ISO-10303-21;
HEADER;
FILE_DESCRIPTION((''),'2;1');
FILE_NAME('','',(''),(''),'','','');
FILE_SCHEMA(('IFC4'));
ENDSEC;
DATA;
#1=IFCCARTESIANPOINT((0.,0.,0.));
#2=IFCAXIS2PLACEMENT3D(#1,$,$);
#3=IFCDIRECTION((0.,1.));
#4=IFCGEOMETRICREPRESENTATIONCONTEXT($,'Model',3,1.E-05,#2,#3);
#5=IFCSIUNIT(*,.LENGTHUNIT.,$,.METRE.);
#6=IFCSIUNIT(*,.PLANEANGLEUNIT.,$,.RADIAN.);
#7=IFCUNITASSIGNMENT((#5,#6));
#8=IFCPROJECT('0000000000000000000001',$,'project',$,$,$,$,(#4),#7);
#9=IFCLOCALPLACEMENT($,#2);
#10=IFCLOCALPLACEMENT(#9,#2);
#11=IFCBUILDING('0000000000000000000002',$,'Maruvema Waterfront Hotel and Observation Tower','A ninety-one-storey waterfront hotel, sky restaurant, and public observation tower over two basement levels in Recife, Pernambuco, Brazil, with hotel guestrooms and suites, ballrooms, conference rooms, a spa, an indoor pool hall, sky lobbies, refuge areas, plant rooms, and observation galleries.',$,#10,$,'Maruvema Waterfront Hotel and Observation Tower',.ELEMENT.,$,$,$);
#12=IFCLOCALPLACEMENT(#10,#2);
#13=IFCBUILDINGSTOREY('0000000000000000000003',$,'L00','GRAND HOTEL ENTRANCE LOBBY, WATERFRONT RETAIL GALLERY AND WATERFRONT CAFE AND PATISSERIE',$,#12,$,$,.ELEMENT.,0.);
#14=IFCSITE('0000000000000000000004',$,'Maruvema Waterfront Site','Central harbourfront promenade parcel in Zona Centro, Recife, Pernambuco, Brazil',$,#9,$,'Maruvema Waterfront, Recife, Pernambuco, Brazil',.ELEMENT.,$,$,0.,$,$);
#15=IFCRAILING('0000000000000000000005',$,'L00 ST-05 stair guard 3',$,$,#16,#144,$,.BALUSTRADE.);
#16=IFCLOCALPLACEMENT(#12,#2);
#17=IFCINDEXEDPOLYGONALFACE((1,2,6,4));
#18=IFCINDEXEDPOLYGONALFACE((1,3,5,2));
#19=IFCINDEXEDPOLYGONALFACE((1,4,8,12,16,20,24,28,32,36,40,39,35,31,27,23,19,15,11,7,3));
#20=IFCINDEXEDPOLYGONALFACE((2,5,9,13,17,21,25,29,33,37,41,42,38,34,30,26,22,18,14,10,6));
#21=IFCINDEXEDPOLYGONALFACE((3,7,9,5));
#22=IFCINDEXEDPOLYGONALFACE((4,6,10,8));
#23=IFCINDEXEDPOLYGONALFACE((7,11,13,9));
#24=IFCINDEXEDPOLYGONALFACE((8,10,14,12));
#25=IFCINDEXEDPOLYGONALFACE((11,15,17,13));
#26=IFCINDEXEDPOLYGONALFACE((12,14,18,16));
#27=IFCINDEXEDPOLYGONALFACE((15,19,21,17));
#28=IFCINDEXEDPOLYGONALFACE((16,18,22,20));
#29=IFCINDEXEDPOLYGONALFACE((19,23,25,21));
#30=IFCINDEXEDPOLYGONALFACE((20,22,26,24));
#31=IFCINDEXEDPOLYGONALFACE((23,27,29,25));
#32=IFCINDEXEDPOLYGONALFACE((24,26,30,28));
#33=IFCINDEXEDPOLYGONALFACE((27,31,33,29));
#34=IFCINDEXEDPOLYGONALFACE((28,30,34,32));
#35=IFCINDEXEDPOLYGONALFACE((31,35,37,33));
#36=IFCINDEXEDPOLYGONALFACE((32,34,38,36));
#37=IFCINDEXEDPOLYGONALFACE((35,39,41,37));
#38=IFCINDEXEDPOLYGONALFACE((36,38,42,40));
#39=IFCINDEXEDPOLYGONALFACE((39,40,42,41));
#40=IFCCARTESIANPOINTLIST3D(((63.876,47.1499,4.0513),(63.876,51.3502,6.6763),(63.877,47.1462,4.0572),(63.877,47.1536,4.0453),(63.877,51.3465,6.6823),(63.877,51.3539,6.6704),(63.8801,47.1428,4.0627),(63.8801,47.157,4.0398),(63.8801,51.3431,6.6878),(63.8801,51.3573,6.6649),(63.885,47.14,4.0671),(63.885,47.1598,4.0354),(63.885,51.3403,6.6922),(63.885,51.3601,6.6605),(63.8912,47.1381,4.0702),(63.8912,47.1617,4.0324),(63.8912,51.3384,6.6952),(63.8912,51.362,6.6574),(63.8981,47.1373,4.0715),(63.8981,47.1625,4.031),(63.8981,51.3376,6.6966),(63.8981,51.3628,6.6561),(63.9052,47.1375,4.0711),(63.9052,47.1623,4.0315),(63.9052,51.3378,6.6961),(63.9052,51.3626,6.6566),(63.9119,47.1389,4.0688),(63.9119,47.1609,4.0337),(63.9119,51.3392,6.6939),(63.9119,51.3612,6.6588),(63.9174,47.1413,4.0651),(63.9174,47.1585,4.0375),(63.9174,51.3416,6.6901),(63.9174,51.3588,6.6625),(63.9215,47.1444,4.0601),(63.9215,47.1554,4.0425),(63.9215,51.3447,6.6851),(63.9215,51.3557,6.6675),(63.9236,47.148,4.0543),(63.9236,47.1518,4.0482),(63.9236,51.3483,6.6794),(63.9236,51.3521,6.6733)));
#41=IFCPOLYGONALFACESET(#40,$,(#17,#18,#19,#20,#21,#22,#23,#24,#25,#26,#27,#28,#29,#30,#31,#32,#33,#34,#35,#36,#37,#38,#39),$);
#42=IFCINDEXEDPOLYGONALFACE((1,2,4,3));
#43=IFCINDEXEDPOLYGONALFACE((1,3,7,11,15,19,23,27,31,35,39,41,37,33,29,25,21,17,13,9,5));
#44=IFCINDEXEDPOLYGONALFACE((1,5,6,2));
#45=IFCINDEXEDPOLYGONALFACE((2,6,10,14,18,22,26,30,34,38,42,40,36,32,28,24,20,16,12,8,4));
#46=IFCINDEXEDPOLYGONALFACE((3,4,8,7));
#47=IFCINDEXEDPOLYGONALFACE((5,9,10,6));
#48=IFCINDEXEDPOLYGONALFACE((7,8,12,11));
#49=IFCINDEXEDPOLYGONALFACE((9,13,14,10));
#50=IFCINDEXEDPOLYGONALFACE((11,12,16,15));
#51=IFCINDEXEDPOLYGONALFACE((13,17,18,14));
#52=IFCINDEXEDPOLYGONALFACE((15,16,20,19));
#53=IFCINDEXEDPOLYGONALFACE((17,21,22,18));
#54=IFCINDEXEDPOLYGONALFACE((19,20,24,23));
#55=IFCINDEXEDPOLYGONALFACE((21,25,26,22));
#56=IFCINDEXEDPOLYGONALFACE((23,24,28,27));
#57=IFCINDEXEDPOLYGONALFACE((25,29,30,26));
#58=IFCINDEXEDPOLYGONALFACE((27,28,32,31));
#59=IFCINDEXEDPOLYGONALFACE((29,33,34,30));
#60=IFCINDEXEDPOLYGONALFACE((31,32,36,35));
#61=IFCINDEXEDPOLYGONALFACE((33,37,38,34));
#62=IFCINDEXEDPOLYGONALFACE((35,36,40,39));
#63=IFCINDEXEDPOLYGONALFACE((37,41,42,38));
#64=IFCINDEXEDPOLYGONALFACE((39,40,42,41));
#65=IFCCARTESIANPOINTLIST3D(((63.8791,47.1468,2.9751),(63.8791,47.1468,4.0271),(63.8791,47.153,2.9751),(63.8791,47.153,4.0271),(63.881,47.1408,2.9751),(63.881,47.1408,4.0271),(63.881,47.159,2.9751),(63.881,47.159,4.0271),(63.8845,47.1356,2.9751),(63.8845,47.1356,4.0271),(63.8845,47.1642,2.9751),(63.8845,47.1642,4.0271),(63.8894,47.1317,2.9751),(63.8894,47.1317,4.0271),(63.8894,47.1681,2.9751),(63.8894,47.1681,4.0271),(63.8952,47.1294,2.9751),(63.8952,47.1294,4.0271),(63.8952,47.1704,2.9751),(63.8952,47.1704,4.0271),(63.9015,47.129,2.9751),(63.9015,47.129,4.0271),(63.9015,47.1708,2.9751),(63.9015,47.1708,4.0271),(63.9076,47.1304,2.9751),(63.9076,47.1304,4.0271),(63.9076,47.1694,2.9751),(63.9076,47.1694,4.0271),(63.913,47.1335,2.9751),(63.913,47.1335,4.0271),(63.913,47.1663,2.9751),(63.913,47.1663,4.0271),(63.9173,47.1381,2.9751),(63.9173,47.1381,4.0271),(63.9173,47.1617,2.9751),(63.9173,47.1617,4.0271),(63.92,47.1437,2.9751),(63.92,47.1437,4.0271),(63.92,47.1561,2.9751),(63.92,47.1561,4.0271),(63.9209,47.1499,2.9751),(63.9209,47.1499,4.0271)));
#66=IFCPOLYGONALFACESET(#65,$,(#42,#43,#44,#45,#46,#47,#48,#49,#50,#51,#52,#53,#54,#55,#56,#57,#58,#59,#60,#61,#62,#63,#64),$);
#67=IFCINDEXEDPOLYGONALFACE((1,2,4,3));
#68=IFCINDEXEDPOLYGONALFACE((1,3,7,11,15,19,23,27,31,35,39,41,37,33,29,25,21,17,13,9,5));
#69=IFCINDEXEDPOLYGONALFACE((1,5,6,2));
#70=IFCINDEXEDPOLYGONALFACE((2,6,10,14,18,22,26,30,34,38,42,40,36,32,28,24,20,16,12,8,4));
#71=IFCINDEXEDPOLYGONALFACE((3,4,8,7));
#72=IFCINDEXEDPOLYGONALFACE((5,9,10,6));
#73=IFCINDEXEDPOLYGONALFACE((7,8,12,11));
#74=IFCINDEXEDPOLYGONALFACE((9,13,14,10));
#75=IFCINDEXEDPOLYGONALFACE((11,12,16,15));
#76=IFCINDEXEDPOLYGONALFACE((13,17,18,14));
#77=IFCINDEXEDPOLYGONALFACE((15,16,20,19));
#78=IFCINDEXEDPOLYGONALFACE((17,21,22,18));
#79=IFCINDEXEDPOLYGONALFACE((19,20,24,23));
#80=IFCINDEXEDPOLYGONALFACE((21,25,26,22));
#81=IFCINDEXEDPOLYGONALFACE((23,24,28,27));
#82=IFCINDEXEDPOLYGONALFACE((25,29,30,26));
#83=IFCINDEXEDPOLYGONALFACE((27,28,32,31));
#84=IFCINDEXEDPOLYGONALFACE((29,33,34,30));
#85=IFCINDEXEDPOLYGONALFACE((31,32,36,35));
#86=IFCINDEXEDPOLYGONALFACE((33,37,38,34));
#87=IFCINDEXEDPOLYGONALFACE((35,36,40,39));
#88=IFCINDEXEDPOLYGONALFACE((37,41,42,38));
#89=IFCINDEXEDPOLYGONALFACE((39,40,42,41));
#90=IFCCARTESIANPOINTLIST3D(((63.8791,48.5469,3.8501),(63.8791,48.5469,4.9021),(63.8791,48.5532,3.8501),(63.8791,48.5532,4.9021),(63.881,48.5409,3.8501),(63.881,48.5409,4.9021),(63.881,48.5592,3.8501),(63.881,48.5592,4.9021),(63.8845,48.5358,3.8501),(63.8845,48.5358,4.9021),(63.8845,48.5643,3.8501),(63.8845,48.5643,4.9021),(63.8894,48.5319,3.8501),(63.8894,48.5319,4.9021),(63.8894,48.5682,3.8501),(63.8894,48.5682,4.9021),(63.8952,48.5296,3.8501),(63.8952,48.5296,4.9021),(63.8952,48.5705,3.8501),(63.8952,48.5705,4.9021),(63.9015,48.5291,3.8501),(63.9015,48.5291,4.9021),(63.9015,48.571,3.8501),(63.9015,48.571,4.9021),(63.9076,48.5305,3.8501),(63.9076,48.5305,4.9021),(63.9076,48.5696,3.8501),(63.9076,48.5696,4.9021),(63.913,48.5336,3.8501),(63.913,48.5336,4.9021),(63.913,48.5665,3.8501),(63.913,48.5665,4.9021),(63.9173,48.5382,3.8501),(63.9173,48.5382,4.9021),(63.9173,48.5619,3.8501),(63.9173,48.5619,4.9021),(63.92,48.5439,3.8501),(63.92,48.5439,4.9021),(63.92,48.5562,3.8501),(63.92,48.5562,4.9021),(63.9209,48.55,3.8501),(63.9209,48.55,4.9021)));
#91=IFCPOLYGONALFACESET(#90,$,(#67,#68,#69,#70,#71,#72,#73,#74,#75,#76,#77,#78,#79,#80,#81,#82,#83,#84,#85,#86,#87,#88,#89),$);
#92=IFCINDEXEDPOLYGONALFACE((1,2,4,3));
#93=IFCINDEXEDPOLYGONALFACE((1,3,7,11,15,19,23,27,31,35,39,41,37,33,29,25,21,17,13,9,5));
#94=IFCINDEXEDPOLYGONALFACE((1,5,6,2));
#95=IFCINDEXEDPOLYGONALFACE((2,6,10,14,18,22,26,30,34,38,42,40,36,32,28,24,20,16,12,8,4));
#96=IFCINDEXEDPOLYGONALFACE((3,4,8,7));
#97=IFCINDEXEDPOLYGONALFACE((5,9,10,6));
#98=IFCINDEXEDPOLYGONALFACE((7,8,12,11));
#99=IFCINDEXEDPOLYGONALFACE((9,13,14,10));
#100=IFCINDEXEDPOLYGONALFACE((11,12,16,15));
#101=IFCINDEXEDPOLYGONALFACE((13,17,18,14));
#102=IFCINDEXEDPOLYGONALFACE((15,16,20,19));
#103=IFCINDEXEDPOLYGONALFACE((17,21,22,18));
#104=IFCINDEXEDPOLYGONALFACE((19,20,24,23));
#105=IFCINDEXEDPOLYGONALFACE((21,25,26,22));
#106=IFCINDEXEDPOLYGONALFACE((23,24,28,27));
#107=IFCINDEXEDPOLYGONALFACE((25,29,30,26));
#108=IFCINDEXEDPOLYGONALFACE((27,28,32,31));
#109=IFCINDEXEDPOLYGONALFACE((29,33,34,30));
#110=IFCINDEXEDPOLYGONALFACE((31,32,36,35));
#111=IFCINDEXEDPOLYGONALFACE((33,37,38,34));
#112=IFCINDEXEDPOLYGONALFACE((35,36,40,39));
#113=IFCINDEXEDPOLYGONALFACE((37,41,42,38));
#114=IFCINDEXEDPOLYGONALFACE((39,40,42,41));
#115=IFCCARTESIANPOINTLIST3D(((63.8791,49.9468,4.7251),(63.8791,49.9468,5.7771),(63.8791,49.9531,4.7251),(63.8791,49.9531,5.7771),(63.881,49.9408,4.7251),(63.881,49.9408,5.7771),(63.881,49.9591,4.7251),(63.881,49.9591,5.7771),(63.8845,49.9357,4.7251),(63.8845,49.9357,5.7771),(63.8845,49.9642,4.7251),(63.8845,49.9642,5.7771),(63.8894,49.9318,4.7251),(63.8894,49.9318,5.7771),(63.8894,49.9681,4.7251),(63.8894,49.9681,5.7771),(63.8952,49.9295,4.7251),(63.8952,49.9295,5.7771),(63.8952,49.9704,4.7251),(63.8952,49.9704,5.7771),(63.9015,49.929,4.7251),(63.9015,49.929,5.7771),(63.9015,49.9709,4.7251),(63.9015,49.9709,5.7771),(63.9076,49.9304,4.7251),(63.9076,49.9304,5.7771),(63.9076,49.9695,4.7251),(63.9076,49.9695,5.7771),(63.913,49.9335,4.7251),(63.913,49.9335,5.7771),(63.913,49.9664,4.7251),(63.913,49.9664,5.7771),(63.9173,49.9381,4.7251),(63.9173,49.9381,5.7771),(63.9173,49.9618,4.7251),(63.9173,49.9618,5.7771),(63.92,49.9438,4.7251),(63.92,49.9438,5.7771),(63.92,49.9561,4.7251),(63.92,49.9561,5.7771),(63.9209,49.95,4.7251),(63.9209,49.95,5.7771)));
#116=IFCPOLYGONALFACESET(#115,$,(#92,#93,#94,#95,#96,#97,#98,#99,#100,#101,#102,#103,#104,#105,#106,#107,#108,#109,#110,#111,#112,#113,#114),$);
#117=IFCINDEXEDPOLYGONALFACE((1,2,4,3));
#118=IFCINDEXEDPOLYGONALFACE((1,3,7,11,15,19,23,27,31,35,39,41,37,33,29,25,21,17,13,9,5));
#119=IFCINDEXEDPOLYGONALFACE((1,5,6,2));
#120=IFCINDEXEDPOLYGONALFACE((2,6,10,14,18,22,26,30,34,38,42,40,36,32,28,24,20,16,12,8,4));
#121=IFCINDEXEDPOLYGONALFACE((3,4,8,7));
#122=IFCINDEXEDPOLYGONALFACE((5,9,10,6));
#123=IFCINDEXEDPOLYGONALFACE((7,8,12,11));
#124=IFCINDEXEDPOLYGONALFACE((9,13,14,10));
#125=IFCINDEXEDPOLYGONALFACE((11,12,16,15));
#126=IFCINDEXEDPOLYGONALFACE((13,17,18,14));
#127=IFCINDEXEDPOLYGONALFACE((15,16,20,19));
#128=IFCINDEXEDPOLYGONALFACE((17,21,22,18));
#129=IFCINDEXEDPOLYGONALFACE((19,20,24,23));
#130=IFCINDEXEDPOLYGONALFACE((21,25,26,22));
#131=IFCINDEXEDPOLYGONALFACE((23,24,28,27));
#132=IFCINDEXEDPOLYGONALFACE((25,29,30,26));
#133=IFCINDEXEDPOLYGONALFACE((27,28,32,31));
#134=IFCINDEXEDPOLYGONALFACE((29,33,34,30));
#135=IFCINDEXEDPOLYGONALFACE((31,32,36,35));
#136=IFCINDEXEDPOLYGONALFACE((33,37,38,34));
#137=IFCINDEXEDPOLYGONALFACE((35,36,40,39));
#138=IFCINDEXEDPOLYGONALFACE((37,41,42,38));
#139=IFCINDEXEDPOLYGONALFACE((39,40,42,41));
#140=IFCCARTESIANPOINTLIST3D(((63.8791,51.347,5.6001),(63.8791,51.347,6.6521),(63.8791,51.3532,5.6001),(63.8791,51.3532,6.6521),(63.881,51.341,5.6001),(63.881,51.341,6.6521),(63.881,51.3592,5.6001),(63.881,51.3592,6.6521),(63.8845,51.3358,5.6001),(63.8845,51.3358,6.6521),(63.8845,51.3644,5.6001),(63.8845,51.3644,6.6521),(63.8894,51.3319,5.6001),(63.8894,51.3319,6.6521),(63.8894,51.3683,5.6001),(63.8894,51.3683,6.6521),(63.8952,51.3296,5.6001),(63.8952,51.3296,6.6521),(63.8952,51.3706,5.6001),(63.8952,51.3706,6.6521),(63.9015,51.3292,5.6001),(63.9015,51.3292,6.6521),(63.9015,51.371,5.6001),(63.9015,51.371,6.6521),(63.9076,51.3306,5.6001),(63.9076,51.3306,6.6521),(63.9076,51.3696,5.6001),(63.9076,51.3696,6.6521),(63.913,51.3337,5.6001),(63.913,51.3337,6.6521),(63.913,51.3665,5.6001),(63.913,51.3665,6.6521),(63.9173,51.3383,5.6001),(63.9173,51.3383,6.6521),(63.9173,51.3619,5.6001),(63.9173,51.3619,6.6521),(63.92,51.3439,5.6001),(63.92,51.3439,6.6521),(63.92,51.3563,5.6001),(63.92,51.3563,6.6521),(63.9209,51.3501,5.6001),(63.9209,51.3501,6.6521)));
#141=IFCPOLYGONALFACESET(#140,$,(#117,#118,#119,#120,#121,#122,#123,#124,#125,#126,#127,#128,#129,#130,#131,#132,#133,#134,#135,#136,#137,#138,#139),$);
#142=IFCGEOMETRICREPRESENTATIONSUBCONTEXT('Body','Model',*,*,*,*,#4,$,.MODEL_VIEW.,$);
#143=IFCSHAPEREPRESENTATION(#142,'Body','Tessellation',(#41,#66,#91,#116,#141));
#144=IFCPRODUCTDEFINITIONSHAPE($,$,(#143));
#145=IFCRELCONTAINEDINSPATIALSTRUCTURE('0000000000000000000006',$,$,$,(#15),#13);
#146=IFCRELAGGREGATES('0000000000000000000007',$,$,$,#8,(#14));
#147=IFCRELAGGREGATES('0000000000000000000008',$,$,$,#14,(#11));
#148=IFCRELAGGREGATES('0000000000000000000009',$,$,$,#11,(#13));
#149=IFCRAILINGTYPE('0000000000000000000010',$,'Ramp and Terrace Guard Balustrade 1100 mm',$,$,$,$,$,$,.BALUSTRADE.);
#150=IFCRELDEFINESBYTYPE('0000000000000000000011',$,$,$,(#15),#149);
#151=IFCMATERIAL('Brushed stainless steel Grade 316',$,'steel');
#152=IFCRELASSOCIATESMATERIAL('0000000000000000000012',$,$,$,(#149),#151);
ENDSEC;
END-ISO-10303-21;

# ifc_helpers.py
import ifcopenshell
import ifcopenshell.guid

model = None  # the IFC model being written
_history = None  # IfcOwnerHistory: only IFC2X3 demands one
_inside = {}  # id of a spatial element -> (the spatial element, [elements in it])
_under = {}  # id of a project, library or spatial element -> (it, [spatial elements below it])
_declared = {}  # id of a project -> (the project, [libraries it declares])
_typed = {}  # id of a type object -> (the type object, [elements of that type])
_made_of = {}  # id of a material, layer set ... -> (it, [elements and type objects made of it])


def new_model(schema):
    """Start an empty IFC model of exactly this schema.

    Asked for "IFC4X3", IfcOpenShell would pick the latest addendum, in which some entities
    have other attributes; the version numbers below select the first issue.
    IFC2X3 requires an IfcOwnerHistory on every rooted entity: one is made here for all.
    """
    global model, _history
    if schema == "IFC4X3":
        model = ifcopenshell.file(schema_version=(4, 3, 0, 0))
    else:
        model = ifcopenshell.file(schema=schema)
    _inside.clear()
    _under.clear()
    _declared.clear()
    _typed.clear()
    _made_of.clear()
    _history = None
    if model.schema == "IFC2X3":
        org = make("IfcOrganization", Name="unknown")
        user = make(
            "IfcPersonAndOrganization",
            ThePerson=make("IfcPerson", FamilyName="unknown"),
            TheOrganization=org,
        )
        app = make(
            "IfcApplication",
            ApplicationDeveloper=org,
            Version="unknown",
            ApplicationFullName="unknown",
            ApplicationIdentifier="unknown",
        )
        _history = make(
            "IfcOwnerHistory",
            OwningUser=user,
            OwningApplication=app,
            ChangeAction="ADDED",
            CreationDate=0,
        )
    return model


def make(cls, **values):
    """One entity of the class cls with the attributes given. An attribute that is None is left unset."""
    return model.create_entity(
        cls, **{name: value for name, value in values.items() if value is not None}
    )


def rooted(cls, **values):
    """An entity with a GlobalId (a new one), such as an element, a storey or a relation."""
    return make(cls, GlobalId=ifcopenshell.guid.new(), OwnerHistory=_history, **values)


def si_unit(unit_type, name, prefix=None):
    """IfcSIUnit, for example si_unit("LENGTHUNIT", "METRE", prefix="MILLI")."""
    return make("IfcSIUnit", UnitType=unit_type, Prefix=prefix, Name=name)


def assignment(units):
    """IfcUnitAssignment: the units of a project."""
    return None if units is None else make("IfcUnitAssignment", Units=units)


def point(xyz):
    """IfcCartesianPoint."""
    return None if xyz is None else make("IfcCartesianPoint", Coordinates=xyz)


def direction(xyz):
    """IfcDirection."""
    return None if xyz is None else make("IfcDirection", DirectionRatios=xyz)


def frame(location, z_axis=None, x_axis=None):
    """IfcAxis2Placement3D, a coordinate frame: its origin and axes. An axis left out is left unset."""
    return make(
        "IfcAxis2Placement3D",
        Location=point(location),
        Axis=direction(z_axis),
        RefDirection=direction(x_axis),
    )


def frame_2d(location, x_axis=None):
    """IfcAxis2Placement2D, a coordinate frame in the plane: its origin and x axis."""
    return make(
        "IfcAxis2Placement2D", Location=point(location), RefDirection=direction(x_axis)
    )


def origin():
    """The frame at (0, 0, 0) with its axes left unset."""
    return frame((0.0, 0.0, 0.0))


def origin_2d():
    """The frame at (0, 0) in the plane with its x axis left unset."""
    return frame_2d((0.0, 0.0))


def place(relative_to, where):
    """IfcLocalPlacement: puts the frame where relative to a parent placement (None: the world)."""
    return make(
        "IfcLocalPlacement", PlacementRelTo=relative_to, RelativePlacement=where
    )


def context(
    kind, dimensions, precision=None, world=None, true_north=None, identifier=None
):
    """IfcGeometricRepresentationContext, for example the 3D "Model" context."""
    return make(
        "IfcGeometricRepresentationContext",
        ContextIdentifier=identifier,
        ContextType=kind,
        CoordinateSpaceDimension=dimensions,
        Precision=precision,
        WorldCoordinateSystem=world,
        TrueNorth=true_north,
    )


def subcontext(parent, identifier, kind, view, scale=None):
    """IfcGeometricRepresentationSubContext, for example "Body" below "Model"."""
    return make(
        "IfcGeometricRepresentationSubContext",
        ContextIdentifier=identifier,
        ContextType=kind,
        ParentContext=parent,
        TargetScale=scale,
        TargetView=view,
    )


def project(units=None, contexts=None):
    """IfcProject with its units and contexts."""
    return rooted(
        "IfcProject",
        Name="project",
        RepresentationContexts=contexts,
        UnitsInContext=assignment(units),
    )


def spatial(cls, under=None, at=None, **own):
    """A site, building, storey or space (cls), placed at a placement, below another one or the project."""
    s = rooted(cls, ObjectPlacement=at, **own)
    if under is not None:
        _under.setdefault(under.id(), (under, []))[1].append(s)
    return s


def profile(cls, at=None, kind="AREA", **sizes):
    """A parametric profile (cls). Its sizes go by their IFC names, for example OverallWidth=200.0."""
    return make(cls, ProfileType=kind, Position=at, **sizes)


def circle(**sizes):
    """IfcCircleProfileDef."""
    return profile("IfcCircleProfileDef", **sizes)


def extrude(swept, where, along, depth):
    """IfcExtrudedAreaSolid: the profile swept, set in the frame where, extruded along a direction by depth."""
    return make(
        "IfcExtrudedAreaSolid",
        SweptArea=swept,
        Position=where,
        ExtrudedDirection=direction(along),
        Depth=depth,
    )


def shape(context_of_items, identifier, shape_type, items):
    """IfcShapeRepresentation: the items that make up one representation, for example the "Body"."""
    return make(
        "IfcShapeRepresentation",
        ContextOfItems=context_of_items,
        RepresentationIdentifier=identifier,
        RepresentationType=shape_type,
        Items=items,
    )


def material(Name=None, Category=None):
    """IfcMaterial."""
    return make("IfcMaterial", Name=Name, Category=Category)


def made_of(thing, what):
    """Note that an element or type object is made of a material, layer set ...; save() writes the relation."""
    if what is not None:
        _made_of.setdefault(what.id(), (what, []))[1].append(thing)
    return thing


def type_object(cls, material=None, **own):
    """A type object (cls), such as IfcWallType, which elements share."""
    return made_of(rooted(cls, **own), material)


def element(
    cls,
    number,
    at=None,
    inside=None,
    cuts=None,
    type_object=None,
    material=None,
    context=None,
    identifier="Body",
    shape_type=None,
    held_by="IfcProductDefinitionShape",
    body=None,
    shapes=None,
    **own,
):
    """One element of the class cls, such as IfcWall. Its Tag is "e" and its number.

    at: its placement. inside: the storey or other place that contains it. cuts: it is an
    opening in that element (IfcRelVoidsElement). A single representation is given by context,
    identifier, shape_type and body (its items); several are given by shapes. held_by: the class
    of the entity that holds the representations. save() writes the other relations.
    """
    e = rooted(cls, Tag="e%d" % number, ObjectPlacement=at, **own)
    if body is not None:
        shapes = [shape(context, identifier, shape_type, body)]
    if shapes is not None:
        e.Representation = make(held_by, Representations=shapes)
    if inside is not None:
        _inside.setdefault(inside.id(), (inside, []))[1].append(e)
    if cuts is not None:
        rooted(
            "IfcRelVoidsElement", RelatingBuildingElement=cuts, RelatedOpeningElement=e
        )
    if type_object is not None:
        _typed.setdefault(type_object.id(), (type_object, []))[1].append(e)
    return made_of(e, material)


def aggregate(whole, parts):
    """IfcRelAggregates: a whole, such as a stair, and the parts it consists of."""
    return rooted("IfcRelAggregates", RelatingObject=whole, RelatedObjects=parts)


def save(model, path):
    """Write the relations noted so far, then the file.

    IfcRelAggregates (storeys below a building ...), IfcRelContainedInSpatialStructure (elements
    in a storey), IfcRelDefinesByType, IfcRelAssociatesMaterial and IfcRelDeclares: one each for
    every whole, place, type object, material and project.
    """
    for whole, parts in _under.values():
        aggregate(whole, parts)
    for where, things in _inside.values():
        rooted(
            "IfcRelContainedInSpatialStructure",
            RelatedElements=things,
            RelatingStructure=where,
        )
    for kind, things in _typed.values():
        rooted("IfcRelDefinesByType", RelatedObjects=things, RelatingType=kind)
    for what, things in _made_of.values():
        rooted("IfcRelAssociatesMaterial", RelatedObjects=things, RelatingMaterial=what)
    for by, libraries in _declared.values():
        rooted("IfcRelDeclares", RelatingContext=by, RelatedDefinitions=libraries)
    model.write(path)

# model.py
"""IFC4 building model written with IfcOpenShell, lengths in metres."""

from ifc_helpers import new_model, si_unit, direction, frame, origin, origin_2d, place, context, subcontext, project, spatial, circle, extrude, material, type_object, element, save


model = new_model("IFC4")

# Units and contexts
model_context = context("Model", 3, precision=1e-05, world=origin(), true_north=direction((0.0, 1.0)))
body_context = subcontext(model_context, "Body", "Model", "MODEL_VIEW")
ifc_project = project(units=[si_unit("LENGTHUNIT", "METRE"), si_unit("PLANEANGLEUNIT", "RADIAN")], contexts=[model_context])

# Site, building, storey
site_placement = place(None, origin())
site = spatial("IfcSite", under=ifc_project, at=site_placement, Name="Maruvema Waterfront Site", Description="Central harbourfront promenade parcel in Zona Centro, Recife, Pernambuco, Brazil", LongName="Maruvema Waterfront, Recife, Pernambuco, Brazil", CompositionType="ELEMENT", RefElevation=0.0)
building_placement = place(site_placement, origin())
building = spatial("IfcBuilding", under=site, at=building_placement, Name="Maruvema Waterfront Hotel and Observation Tower", Description="A ninety-one-storey waterfront hotel, sky restaurant, and public observation tower over two basement levels in Recife, Pernambuco, Brazil, with hotel guestrooms and suites, ballrooms, conference rooms, a spa, an indoor pool hall, sky lobbies, refuge areas, plant rooms, and observation galleries.", LongName="Maruvema Waterfront Hotel and Observation Tower", CompositionType="ELEMENT")
storey_placement = place(building_placement, origin())
storey = spatial("IfcBuildingStorey", under=building, at=storey_placement, Name="L00", Description="GRAND HOTEL ENTRANCE LOBBY, WATERFRONT RETAIL GALLERY AND WATERFRONT CAFE AND PATISSERIE", CompositionType="ELEMENT", Elevation=0.0)

# Railing
ifc_material_1 = material(Name="Brushed stainless steel Grade 316", Category="steel")
railing_type_1 = type_object("IfcRailingType", Name="Ramp and Terrace Guard Balustrade 1100 mm", PredefinedType="BALUSTRADE", material=ifc_material_1)
railing_1_placement = place(storey_placement, frame((63.8999, 47.1499, 2.9751)))
element("IfcRailing", 1, at=railing_1_placement, inside=storey, type_object=railing_type_1, Name="L00 ST-05 stair guard 3", PredefinedType="BALUSTRADE", context=body_context, shape_type="SweptSolid", body=[
    extrude(circle(Radius=0.0239, at=origin_2d()), frame((0.0, 0.0, 1.0762), z_axis=(0.0, 0.848009, 0.529981), x_axis=(-1.0, 0.0, 0.0)), (0.0, 0.0, 1.0), 4.9531),
    extrude(circle(Radius=0.021, at=origin_2d()), origin(), (0.0, 0.0, 1.0), 1.052),
    extrude(circle(Radius=0.021, at=origin_2d()), frame((0.0, 1.4001, 0.875)), (0.0, 0.0, 1.0), 1.052),
    extrude(circle(Radius=0.021, at=origin_2d()), frame((0.0, 2.8, 1.75)), (0.0, 0.0, 1.0), 1.052),
    extrude(circle(Radius=0.021, at=origin_2d()), frame((0.0, 4.2002, 2.625)), (0.0, 0.0, 1.0), 1.052),
])

save(model, "model.ifc")
